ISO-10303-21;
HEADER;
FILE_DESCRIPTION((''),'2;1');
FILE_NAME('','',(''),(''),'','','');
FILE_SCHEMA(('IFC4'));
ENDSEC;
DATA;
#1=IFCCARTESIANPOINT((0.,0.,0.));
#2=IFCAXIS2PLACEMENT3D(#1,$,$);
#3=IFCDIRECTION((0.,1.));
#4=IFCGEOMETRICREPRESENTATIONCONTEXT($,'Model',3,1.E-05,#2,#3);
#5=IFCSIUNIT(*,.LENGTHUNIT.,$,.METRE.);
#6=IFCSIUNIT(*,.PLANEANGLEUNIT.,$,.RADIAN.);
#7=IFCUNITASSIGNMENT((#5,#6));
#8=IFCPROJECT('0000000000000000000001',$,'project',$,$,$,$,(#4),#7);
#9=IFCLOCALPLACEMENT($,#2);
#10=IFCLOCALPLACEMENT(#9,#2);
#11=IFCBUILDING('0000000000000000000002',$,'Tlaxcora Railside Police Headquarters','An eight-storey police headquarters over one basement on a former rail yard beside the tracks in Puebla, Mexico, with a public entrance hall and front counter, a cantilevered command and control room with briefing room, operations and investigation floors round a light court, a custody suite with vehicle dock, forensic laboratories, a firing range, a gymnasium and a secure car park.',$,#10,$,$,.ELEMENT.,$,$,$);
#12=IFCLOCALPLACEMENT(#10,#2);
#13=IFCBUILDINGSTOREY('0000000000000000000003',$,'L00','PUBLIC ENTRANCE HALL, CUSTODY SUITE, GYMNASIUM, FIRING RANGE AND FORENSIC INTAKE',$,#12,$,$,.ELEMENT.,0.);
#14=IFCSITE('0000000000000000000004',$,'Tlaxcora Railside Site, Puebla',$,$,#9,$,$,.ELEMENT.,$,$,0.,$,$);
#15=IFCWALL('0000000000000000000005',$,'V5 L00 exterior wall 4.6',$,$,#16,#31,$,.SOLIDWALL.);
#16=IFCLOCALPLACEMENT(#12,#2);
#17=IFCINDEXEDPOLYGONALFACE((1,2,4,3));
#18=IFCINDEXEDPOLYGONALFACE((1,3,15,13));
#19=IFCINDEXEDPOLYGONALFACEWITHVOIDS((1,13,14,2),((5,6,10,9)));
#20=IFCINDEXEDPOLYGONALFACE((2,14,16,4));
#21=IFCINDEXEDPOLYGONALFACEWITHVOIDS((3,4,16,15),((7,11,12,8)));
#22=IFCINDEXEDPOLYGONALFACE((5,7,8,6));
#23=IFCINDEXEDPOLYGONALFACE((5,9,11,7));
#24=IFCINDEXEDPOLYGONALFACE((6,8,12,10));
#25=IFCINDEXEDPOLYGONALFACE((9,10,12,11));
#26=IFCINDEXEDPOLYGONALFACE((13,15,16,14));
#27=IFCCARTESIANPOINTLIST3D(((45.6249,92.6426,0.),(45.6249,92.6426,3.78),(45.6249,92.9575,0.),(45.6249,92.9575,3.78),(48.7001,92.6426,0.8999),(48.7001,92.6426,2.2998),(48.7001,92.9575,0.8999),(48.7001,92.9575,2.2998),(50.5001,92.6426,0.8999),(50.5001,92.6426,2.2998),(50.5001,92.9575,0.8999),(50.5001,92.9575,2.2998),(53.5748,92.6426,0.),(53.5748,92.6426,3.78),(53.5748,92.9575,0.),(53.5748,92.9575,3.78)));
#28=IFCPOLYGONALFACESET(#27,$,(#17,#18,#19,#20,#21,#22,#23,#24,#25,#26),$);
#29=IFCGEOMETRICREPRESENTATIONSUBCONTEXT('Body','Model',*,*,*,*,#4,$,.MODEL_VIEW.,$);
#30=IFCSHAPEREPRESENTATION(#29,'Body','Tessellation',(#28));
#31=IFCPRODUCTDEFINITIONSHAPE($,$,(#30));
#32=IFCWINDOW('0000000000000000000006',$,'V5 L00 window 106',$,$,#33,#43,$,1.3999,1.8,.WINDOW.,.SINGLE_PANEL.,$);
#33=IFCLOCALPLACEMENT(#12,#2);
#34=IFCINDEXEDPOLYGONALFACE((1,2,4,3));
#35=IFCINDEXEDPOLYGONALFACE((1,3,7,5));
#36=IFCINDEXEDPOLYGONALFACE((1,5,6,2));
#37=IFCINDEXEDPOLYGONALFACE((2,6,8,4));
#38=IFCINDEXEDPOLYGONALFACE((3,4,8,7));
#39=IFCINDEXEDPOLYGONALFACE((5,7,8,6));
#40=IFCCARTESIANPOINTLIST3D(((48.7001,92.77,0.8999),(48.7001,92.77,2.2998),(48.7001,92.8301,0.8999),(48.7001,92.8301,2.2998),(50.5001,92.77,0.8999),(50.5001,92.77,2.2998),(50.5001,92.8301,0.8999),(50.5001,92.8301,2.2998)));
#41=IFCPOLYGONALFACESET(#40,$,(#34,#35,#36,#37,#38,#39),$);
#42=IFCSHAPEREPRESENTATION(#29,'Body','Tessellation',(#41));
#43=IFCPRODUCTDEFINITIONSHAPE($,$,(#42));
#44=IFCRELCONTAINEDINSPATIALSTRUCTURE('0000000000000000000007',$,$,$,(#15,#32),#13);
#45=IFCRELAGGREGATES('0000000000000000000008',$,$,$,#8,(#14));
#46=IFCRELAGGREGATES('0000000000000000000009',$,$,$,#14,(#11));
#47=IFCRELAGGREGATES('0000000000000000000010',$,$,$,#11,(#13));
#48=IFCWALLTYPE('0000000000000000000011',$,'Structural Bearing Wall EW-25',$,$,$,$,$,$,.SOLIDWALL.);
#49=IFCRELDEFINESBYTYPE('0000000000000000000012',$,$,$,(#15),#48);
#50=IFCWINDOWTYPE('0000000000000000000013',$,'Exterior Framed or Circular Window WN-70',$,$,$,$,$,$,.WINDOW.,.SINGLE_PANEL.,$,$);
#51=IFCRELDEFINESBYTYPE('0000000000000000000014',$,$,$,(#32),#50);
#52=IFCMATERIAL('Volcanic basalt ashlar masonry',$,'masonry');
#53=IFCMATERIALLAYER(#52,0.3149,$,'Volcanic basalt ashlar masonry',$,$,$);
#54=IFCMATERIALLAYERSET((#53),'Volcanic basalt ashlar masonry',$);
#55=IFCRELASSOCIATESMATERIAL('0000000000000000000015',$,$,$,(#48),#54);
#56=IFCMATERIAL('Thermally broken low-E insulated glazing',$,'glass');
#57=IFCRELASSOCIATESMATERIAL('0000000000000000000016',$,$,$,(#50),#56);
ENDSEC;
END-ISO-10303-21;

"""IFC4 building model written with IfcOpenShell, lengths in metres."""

from ifc_helpers import new_model, si_unit, direction, frame, frame_2d, origin, place, context, subcontext, project, spatial, rectangle, extrude, material, layer, layer_set, type_object, element, fill, save


model = new_model("IFC4")

# Units and contexts
model_context = context("Model", 3, precision=1e-05, world=origin(), true_north=direction((0.0, 1.0)))
body_context = subcontext(model_context, "Body", "Model", "MODEL_VIEW")
ifc_project = project(units=[si_unit("LENGTHUNIT", "METRE"), si_unit("PLANEANGLEUNIT", "RADIAN")], contexts=[model_context])

# Site, building, storey
site_placement = place(None, origin())
site = spatial("IfcSite", under=ifc_project, at=site_placement, Name="Tlaxcora Railside Site, Puebla", CompositionType="ELEMENT", RefElevation=0.0)
building_placement = place(site_placement, origin())
building = spatial("IfcBuilding", under=site, at=building_placement, Name="Tlaxcora Railside Police Headquarters", Description="An eight-storey police headquarters over one basement on a former rail yard beside the tracks in Puebla, Mexico, with a public entrance hall and front counter, a cantilevered command and control room with briefing room, operations and investigation floors round a light court, a custody suite with vehicle dock, forensic laboratories, a firing range, a gymnasium and a secure car park.", CompositionType="ELEMENT")
storey_placement = place(building_placement, origin())
storey = spatial("IfcBuildingStorey", under=building, at=storey_placement, Name="L00", Description="PUBLIC ENTRANCE HALL, CUSTODY SUITE, GYMNASIUM, FIRING RANGE AND FORENSIC INTAKE", CompositionType="ELEMENT", Elevation=0.0)

# Shared definitions
ifc_material_1 = material(Name="Volcanic basalt ashlar masonry", Category="masonry")
ifc_layer_1 = layer(ifc_material_1, 0.3149, Name="Volcanic basalt ashlar masonry")
ifc_layer_set_1 = layer_set([ifc_layer_1], Name="Volcanic basalt ashlar masonry")
wall_type_1 = type_object("IfcWallType", Name="Structural Bearing Wall EW-25", PredefinedType="SOLIDWALL", material=ifc_layer_set_1)

# Wall, opening, window
wall_1_placement = place(storey_placement, frame((53.575, 92.8, 0.0), z_axis=(0.0, 0.0, 1.0), x_axis=(-1.0, 0.0, 0.0)))
wall_1 = element("IfcWall", 1, at=wall_1_placement, inside=storey, type_object=wall_type_1, Name="V5 L00 exterior wall 4.6", PredefinedType="SOLIDWALL", context=body_context, shape_type="SweptSolid", body=[
    extrude(rectangle(XDim=7.95, YDim=0.3149, at=frame_2d((3.9751, 0.0))), origin(), (0.0, 0.0, 1.0), 3.78),
])
opening_placement = place(wall_1_placement, frame((3.075, 0.0, 0.8999)))
opening = element("IfcOpeningElement", 2, at=opening_placement, cuts=wall_1, PredefinedType="OPENING", context=body_context, shape_type="SweptSolid", body=[
    extrude(rectangle(XDim=1.8, YDim=1.3999, at=frame_2d((0.8999, 0.7))), frame((0.0, 0.1675, 0.0), z_axis=(0.0, -1.0, 0.0), x_axis=(1.0, 0.0, 0.0)), (0.0, 0.0, 1.0), 0.335),
])
ifc_material_2 = material(Name="Thermally broken low-E insulated glazing", Category="glass")
window_type = type_object("IfcWindowType", Name="Exterior Framed or Circular Window WN-70", PartitioningType="SINGLE_PANEL", PredefinedType="WINDOW", material=ifc_material_2)
window_placement = place(opening_placement, origin())
window = element("IfcWindow", 3, at=window_placement, inside=storey, type_object=window_type, Name="V5 L00 window 106", OverallHeight=1.3999, OverallWidth=1.8, PartitioningType="SINGLE_PANEL", PredefinedType="WINDOW", context=body_context, shape_type="SweptSolid", body=[
    extrude(rectangle(XDim=1.8, YDim=1.3999, at=frame_2d((0.8999, 0.7))), frame((0.0, 0.03, 0.0), z_axis=(0.0, -1.0, 0.0), x_axis=(1.0, 0.0, 0.0)), (0.0, 0.0, 1.0), 0.0601),
])
fill(opening, window)

save(model, "model.ifc")
